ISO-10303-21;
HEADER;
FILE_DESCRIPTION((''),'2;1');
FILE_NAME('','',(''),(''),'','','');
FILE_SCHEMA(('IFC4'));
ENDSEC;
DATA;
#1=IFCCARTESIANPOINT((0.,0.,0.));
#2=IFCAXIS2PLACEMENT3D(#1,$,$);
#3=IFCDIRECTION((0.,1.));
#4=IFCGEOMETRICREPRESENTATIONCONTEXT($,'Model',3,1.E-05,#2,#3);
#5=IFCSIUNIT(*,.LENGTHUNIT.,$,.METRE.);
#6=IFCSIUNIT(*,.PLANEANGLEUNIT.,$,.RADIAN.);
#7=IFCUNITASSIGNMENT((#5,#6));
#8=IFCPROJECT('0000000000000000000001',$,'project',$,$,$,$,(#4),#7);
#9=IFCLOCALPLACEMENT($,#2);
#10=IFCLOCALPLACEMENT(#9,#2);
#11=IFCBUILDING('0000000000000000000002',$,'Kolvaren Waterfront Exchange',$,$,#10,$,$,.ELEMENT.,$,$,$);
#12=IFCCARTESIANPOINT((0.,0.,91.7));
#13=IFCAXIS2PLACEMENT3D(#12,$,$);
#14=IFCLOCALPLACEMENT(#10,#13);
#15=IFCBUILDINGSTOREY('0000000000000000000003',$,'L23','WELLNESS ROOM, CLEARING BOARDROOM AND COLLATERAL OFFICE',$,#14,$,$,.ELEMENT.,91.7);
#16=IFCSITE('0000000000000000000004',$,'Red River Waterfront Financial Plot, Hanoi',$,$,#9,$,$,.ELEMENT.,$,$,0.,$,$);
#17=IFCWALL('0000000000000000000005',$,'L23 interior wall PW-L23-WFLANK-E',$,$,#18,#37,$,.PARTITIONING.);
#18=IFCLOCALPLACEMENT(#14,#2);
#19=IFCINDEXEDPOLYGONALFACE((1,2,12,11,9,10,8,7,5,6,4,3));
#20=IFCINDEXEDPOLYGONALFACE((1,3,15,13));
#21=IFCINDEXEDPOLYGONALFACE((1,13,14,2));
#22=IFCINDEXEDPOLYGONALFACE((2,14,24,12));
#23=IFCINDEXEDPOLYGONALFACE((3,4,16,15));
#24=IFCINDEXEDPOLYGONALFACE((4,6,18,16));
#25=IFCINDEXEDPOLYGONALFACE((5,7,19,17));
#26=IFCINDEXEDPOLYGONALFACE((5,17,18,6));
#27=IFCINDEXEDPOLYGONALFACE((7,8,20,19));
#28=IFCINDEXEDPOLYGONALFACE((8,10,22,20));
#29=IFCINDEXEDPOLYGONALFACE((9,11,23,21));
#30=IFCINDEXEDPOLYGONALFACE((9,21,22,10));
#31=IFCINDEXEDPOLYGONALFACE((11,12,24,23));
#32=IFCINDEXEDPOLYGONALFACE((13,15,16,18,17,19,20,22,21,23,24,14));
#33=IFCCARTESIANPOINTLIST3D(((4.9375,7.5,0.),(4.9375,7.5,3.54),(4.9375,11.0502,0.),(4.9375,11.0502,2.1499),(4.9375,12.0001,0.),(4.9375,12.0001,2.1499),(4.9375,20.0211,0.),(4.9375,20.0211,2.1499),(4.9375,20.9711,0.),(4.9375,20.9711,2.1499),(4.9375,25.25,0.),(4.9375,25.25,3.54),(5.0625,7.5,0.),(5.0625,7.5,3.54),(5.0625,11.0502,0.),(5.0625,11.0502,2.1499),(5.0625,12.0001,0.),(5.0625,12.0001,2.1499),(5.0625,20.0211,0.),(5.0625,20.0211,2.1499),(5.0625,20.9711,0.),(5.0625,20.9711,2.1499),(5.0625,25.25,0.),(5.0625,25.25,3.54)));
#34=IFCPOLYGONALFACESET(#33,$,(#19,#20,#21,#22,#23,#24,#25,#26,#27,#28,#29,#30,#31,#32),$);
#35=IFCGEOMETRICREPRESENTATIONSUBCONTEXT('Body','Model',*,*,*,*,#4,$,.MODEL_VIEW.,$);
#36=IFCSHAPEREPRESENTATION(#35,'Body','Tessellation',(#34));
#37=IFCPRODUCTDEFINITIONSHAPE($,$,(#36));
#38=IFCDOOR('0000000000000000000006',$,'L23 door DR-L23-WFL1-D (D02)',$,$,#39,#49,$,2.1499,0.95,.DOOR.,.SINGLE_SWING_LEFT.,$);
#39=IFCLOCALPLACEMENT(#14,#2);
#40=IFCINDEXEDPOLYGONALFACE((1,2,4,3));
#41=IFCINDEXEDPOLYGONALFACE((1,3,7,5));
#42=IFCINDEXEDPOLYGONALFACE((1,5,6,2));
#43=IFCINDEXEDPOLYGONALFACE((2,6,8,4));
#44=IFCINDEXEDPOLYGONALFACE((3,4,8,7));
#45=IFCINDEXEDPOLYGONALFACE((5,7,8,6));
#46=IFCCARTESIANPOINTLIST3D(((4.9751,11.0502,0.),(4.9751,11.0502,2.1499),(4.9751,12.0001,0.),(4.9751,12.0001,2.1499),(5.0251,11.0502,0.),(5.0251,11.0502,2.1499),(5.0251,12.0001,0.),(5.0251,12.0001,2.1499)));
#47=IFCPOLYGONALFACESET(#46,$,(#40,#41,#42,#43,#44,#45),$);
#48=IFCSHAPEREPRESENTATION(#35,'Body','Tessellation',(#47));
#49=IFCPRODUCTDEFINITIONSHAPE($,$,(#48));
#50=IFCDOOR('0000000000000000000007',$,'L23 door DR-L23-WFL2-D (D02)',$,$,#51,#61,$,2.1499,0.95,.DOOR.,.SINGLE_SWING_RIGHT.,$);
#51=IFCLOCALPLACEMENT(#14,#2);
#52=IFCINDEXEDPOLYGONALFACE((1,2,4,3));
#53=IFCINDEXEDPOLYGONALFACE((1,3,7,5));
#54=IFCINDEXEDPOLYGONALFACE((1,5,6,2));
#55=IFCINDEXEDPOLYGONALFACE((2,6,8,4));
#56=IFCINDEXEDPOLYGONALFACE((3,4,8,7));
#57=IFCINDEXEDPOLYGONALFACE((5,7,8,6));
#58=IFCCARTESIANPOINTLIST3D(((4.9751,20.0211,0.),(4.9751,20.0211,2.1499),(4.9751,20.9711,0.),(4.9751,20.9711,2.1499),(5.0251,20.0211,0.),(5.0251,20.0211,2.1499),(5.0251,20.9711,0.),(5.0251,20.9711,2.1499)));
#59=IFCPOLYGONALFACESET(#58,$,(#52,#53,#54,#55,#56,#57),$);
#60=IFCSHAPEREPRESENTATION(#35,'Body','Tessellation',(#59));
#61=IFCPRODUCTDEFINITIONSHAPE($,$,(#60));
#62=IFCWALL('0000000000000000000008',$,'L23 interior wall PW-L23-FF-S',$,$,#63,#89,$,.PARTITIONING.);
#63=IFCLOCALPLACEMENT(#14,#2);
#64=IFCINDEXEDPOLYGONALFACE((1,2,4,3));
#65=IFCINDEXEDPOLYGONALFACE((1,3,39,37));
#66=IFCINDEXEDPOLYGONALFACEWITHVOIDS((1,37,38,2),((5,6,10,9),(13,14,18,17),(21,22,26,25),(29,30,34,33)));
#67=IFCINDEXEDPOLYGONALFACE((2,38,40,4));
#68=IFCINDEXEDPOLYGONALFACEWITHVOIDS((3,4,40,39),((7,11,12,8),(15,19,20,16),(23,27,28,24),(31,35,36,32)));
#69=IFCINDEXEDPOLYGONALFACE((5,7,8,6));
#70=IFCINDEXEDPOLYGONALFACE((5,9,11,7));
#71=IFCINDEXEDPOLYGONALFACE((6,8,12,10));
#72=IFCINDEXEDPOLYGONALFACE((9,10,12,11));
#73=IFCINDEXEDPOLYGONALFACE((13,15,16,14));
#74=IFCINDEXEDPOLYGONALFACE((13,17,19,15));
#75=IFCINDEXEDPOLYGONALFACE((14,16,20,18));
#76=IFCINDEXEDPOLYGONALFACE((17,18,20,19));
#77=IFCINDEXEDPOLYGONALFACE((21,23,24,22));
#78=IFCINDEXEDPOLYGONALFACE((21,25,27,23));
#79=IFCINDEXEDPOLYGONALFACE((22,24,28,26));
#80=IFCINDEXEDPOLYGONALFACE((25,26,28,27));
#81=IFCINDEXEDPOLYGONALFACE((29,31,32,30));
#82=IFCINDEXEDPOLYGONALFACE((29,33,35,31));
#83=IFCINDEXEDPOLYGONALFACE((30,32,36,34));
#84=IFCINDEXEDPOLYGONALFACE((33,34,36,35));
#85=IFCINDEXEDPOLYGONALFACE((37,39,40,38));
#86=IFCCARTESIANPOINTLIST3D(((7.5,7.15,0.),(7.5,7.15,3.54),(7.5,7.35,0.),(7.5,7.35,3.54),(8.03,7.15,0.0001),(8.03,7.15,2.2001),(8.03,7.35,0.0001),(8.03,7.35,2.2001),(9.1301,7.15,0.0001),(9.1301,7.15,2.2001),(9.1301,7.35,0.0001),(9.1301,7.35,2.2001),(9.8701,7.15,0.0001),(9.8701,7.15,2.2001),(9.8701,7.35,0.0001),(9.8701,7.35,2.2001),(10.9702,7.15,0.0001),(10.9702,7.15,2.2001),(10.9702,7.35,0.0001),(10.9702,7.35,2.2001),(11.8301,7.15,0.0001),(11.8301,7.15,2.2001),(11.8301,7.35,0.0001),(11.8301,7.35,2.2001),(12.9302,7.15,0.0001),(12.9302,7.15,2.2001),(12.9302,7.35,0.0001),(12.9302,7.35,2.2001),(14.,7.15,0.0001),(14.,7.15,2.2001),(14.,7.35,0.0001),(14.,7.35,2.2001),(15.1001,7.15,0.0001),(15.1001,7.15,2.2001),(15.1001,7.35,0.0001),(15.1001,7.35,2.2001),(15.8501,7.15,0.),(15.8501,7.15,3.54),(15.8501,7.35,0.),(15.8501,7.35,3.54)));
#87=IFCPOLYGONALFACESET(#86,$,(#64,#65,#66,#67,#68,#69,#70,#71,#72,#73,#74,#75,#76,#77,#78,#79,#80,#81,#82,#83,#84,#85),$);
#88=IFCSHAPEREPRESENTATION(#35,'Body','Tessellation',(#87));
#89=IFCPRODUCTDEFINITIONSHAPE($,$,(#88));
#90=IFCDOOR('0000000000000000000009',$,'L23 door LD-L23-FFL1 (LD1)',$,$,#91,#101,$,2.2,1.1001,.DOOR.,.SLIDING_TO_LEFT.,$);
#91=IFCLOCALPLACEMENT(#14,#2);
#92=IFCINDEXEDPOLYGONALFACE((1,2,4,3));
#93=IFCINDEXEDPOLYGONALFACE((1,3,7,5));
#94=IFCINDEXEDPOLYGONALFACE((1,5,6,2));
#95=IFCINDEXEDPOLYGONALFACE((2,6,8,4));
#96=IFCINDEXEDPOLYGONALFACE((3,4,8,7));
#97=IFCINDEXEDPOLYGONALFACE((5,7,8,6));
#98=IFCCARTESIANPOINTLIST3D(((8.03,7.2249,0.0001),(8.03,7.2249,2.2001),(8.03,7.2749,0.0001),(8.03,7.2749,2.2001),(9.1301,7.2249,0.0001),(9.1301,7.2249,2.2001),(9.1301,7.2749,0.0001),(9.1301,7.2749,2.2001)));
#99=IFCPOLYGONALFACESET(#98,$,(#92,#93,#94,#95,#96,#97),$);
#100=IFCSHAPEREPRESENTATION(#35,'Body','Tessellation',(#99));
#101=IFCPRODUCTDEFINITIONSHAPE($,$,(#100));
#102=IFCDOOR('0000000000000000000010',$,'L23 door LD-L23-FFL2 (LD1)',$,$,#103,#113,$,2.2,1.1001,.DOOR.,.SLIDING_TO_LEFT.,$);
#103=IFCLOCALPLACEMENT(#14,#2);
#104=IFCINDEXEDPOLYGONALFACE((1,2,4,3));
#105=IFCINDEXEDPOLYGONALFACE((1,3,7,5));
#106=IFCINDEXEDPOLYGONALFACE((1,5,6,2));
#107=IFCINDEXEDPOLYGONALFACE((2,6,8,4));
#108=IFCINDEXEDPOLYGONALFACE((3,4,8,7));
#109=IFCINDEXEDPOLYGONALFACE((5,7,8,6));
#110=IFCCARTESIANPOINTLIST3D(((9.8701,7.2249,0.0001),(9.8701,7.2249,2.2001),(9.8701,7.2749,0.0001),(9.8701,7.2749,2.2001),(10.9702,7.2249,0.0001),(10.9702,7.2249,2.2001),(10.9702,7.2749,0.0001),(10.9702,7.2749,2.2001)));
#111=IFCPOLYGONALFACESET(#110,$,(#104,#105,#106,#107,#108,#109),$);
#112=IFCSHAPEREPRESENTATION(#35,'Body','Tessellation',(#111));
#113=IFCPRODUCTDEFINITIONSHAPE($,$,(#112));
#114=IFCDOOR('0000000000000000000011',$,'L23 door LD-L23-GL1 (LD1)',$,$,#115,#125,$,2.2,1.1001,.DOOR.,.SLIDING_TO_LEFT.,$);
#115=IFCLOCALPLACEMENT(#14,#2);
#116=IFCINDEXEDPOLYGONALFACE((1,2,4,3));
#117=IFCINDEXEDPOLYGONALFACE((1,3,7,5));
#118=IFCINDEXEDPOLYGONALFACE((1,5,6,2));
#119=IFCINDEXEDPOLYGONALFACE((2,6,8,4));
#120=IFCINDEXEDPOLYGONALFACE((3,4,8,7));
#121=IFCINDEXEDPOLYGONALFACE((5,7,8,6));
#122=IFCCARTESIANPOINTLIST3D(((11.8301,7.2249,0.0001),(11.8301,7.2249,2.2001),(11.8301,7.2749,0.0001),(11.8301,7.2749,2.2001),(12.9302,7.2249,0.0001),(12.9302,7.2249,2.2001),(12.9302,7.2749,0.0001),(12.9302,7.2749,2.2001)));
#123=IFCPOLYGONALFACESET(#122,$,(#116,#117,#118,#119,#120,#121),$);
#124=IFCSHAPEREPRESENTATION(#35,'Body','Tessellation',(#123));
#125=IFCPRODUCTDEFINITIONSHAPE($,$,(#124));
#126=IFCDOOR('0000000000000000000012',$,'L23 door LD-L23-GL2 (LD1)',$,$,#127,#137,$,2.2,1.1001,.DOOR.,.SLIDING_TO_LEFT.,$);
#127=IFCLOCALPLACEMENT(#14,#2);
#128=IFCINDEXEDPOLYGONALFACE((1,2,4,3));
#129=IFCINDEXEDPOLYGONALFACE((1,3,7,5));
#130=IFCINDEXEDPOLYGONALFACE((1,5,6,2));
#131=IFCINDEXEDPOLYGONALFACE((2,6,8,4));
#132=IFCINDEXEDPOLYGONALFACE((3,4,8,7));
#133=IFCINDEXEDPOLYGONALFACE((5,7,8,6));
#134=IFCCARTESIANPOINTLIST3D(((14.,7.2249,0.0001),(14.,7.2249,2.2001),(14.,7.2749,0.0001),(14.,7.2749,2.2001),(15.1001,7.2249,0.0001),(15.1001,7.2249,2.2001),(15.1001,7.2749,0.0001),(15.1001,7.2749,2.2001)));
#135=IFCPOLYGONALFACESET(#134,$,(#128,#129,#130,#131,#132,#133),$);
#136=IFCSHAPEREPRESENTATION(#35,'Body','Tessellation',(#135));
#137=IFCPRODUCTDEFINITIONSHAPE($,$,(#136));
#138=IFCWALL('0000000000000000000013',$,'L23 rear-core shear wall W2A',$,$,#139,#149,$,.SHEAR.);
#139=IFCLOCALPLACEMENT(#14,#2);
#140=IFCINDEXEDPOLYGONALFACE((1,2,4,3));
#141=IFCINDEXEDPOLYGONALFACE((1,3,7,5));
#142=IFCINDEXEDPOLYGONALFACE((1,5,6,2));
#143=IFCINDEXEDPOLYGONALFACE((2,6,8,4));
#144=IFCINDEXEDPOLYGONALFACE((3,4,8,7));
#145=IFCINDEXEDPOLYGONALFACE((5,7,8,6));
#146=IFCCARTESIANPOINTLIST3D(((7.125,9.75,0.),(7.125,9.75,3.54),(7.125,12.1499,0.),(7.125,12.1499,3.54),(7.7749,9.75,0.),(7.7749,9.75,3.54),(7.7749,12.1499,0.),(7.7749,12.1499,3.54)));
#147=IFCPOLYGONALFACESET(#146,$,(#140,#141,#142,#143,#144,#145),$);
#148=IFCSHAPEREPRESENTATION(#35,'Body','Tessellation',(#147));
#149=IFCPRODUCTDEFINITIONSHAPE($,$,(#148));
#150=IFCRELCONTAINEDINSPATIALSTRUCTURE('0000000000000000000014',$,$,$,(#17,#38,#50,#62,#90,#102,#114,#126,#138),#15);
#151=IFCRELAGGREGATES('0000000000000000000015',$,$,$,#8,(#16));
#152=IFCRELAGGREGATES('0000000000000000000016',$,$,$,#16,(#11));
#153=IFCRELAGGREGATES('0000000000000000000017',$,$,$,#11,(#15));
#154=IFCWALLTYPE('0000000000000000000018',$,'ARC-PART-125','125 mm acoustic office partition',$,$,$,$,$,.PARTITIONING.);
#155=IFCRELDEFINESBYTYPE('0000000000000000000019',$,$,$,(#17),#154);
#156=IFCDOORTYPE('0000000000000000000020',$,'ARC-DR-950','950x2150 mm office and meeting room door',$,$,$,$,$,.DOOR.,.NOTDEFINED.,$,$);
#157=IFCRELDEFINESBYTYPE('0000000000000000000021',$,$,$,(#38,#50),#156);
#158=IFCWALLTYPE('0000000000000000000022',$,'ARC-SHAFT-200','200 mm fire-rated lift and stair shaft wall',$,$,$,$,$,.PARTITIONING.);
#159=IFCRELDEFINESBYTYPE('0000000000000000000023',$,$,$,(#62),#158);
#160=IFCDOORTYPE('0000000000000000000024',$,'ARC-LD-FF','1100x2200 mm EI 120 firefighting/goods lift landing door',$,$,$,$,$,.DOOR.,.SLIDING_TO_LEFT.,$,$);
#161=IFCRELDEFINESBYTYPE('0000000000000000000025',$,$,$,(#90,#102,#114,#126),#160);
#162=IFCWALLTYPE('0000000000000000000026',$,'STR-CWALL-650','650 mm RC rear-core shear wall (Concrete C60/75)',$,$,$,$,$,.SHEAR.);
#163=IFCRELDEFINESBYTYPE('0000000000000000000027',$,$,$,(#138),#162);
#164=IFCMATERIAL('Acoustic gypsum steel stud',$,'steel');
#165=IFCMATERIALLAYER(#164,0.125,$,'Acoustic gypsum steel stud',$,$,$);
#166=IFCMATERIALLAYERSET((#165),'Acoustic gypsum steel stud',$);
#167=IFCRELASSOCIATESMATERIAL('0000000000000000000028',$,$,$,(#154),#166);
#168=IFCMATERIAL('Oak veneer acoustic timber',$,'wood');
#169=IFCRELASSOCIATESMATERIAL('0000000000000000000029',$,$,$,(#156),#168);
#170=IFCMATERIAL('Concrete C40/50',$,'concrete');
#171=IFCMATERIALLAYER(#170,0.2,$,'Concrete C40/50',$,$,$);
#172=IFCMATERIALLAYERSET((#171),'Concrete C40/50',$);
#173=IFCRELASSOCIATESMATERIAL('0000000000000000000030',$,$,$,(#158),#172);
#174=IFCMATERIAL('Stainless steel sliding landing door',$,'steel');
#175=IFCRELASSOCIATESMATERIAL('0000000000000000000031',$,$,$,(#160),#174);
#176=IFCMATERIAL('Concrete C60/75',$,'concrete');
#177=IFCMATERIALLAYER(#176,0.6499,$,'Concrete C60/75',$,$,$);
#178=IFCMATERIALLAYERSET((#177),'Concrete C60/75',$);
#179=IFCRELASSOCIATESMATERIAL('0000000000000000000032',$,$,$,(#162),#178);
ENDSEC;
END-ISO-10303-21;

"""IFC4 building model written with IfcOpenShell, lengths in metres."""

from ifc_helpers import new_model, si_unit, direction, frame, frame_2d, origin, place, context, subcontext, project, spatial, rectangle, extrude, material, layer, layer_set, type_object, element, fill, save


model = new_model("IFC4")

# Units and contexts
model_context = context("Model", 3, precision=1e-05, world=origin(), true_north=direction((0.0, 1.0)))
body_context = subcontext(model_context, "Body", "Model", "MODEL_VIEW")
ifc_project = project(units=[si_unit("LENGTHUNIT", "METRE"), si_unit("PLANEANGLEUNIT", "RADIAN")], contexts=[model_context])

# Site, building, storey
site_placement = place(None, origin())
site = spatial("IfcSite", under=ifc_project, at=site_placement, Name="Red River Waterfront Financial Plot, Hanoi", CompositionType="ELEMENT", RefElevation=0.0)
building_placement = place(site_placement, origin())
building = spatial("IfcBuilding", under=site, at=building_placement, Name="Kolvaren Waterfront Exchange", CompositionType="ELEMENT")
storey_placement = place(building_placement, frame((0.0, 0.0, 91.7)))
storey = spatial("IfcBuildingStorey", under=building, at=storey_placement, Name="L23", Description="WELLNESS ROOM, CLEARING BOARDROOM AND COLLATERAL OFFICE", CompositionType="ELEMENT", Elevation=91.7)

# Shared definitions
ifc_material_1 = material(Name="Concrete C60/75", Category="concrete")

# Shared definitions
ifc_material_2 = material(Name="Acoustic gypsum steel stud", Category="steel")
ifc_layer_1 = layer(ifc_material_2, 0.125, Name="Acoustic gypsum steel stud")
ifc_layer_set_1 = layer_set([ifc_layer_1], Name="Acoustic gypsum steel stud")
wall_type_1 = type_object("IfcWallType", Name="ARC-PART-125", Description="125 mm acoustic office partition", PredefinedType="PARTITIONING", material=ifc_layer_set_1)

# Walls, openings, doors
wall_1_placement = place(storey_placement, frame((5.0, 7.5, 0.0), z_axis=(0.0, 0.0, 1.0), x_axis=(0.0, 1.0, 0.0)))
wall_1 = element("IfcWall", 1, at=wall_1_placement, inside=storey, type_object=wall_type_1, Name="L23 interior wall PW-L23-WFLANK-E", PredefinedType="PARTITIONING", context=body_context, shape_type="SweptSolid", body=[
    extrude(rectangle(XDim=17.75, YDim=0.125, at=frame_2d((8.875, 0.0))), origin(), (0.0, 0.0, 1.0), 3.54),
])
opening_1_placement = place(wall_1_placement, frame((3.55, 0.0, 0.0)))
opening_1 = element("IfcOpeningElement", 2, at=opening_1_placement, cuts=wall_1, PredefinedType="OPENING", context=body_context, shape_type="SweptSolid", body=[
    extrude(rectangle(XDim=0.95, YDim=2.1499, at=frame_2d((0.4751, 1.075))), frame((0.0, 0.0725, 0.0), z_axis=(0.0, -1.0, 0.0), x_axis=(1.0, 0.0, 0.0)), (0.0, 0.0, 1.0), 0.145),
])
opening_2_placement = place(wall_1_placement, frame((12.521, 0.0, 0.0)))
opening_2 = element("IfcOpeningElement", 3, at=opening_2_placement, cuts=wall_1, PredefinedType="OPENING", context=body_context, shape_type="SweptSolid", body=[
    extrude(rectangle(XDim=0.95, YDim=2.1499, at=frame_2d((0.4751, 1.075))), frame((0.0, 0.0725, 0.0), z_axis=(0.0, -1.0, 0.0), x_axis=(1.0, 0.0, 0.0)), (0.0, 0.0, 1.0), 0.145),
])
ifc_material_3 = material(Name="Oak veneer acoustic timber", Category="wood")
door_type_1 = type_object("IfcDoorType", Name="ARC-DR-950", Description="950x2150 mm office and meeting room door", OperationType="NOTDEFINED", PredefinedType="DOOR", material=ifc_material_3)
door_1_placement = place(opening_1_placement, origin())
door_1 = element("IfcDoor", 4, at=door_1_placement, inside=storey, type_object=door_type_1, Name="L23 door DR-L23-WFL1-D (D02)", OperationType="SINGLE_SWING_LEFT", OverallHeight=2.1499, OverallWidth=0.95, PredefinedType="DOOR", context=body_context, shape_type="SweptSolid", body=[
    extrude(rectangle(XDim=0.95, YDim=2.1499, at=frame_2d((0.4751, 1.075))), frame((0.0, 0.0249, 0.0), z_axis=(0.0, -1.0, 0.0), x_axis=(1.0, 0.0, 0.0)), (0.0, 0.0, 1.0), 0.05),
])
fill(opening_1, door_1)
door_2_placement = place(opening_2_placement, origin())
door_2 = element("IfcDoor", 5, at=door_2_placement, inside=storey, type_object=door_type_1, Name="L23 door DR-L23-WFL2-D (D02)", OperationType="SINGLE_SWING_RIGHT", OverallHeight=2.1499, OverallWidth=0.95, PredefinedType="DOOR", context=body_context, shape_type="SweptSolid", body=[
    extrude(rectangle(XDim=0.95, YDim=2.1499, at=frame_2d((0.4751, 1.075))), frame((0.0, 0.0249, 0.0), z_axis=(0.0, -1.0, 0.0), x_axis=(1.0, 0.0, 0.0)), (0.0, 0.0, 1.0), 0.05),
])
fill(opening_2, door_2)
ifc_material_4 = material(Name="Concrete C40/50", Category="concrete")
ifc_layer_2 = layer(ifc_material_4, 0.2, Name="Concrete C40/50")
ifc_layer_set_2 = layer_set([ifc_layer_2], Name="Concrete C40/50")
wall_type_2 = type_object("IfcWallType", Name="ARC-SHAFT-200", Description="200 mm fire-rated lift and stair shaft wall", PredefinedType="PARTITIONING", material=ifc_layer_set_2)
wall_2_placement = place(storey_placement, frame((7.5, 7.25, 0.0), z_axis=(0.0, 0.0, 1.0), x_axis=(1.0, 0.0, 0.0)))
wall_2 = element("IfcWall", 6, at=wall_2_placement, inside=storey, type_object=wall_type_2, Name="L23 interior wall PW-L23-FF-S", PredefinedType="PARTITIONING", context=body_context, shape_type="SweptSolid", body=[
    extrude(rectangle(XDim=8.3501, YDim=0.2, at=frame_2d((4.175, 0.0))), origin(), (0.0, 0.0, 1.0), 3.54),
])
opening_3_placement = place(wall_2_placement, frame((0.53, 0.0, 0.0)))
opening_3 = element("IfcOpeningElement", 7, at=opening_3_placement, cuts=wall_2, PredefinedType="OPENING", context=body_context, shape_type="SweptSolid", body=[
    extrude(rectangle(XDim=1.1001, YDim=2.2, at=frame_2d((0.55, 1.1001))), frame((0.0, 0.1099, 0.0), z_axis=(0.0, -1.0, 0.0), x_axis=(1.0, 0.0, 0.0)), (0.0, 0.0, 1.0), 0.22),
])
opening_4_placement = place(wall_2_placement, frame((2.3701, 0.0, 0.0)))
opening_4 = element("IfcOpeningElement", 8, at=opening_4_placement, cuts=wall_2, PredefinedType="OPENING", context=body_context, shape_type="SweptSolid", body=[
    extrude(rectangle(XDim=1.1001, YDim=2.2, at=frame_2d((0.55, 1.1001))), frame((0.0, 0.1099, 0.0), z_axis=(0.0, -1.0, 0.0), x_axis=(1.0, 0.0, 0.0)), (0.0, 0.0, 1.0), 0.22),
])
opening_5_placement = place(wall_2_placement, frame((4.3301, 0.0, 0.0)))
opening_5 = element("IfcOpeningElement", 9, at=opening_5_placement, cuts=wall_2, PredefinedType="OPENING", context=body_context, shape_type="SweptSolid", body=[
    extrude(rectangle(XDim=1.1001, YDim=2.2, at=frame_2d((0.55, 1.1001))), frame((0.0, 0.1099, 0.0), z_axis=(0.0, -1.0, 0.0), x_axis=(1.0, 0.0, 0.0)), (0.0, 0.0, 1.0), 0.22),
])
opening_6_placement = place(wall_2_placement, frame((6.5, 0.0, 0.0)))
opening_6 = element("IfcOpeningElement", 10, at=opening_6_placement, cuts=wall_2, PredefinedType="OPENING", context=body_context, shape_type="SweptSolid", body=[
    extrude(rectangle(XDim=1.1001, YDim=2.2, at=frame_2d((0.55, 1.1001))), frame((0.0, 0.1099, 0.0), z_axis=(0.0, -1.0, 0.0), x_axis=(1.0, 0.0, 0.0)), (0.0, 0.0, 1.0), 0.22),
])
ifc_material_5 = material(Name="Stainless steel sliding landing door", Category="steel")
door_type_2 = type_object("IfcDoorType", Name="ARC-LD-FF", Description="1100x2200 mm EI 120 firefighting/goods lift landing door", OperationType="SLIDING_TO_LEFT", PredefinedType="DOOR", material=ifc_material_5)
door_3_placement = place(opening_3_placement, origin())
door_3 = element("IfcDoor", 11, at=door_3_placement, inside=storey, type_object=door_type_2, Name="L23 door LD-L23-FFL1 (LD1)", OperationType="SLIDING_TO_LEFT", OverallHeight=2.2, OverallWidth=1.1001, PredefinedType="DOOR", context=body_context, shape_type="SweptSolid", body=[
    extrude(rectangle(XDim=1.1001, YDim=2.2, at=frame_2d((0.55, 1.1001))), frame((0.0, 0.0249, 0.0), z_axis=(0.0, -1.0, 0.0), x_axis=(1.0, 0.0, 0.0)), (0.0, 0.0, 1.0), 0.05),
])
fill(opening_3, door_3)
door_4_placement = place(opening_4_placement, origin())
door_4 = element("IfcDoor", 12, at=door_4_placement, inside=storey, type_object=door_type_2, Name="L23 door LD-L23-FFL2 (LD1)", OperationType="SLIDING_TO_LEFT", OverallHeight=2.2, OverallWidth=1.1001, PredefinedType="DOOR", context=body_context, shape_type="SweptSolid", body=[
    extrude(rectangle(XDim=1.1001, YDim=2.2, at=frame_2d((0.55, 1.1001))), frame((0.0, 0.0249, 0.0), z_axis=(0.0, -1.0, 0.0), x_axis=(1.0, 0.0, 0.0)), (0.0, 0.0, 1.0), 0.05),
])
fill(opening_4, door_4)
door_5_placement = place(opening_5_placement, origin())
door_5 = element("IfcDoor", 13, at=door_5_placement, inside=storey, type_object=door_type_2, Name="L23 door LD-L23-GL1 (LD1)", OperationType="SLIDING_TO_LEFT", OverallHeight=2.2, OverallWidth=1.1001, PredefinedType="DOOR", context=body_context, shape_type="SweptSolid", body=[
    extrude(rectangle(XDim=1.1001, YDim=2.2, at=frame_2d((0.55, 1.1001))), frame((0.0, 0.0249, 0.0), z_axis=(0.0, -1.0, 0.0), x_axis=(1.0, 0.0, 0.0)), (0.0, 0.0, 1.0), 0.05),
])
fill(opening_5, door_5)
door_6_placement = place(opening_6_placement, origin())
door_6 = element("IfcDoor", 14, at=door_6_placement, inside=storey, type_object=door_type_2, Name="L23 door LD-L23-GL2 (LD1)", OperationType="SLIDING_TO_LEFT", OverallHeight=2.2, OverallWidth=1.1001, PredefinedType="DOOR", context=body_context, shape_type="SweptSolid", body=[
    extrude(rectangle(XDim=1.1001, YDim=2.2, at=frame_2d((0.55, 1.1001))), frame((0.0, 0.0249, 0.0), z_axis=(0.0, -1.0, 0.0), x_axis=(1.0, 0.0, 0.0)), (0.0, 0.0, 1.0), 0.05),
])
fill(opening_6, door_6)

# Wall
ifc_layer_3 = layer(ifc_material_1, 0.6499, Name="Concrete C60/75")
ifc_layer_set_3 = layer_set([ifc_layer_3], Name="Concrete C60/75")
wall_type_3 = type_object("IfcWallType", Name="STR-CWALL-650", Description="650 mm RC rear-core shear wall (Concrete C60/75)", PredefinedType="SHEAR", material=ifc_layer_set_3)
wall_3_placement = place(storey_placement, frame((7.45, 9.75, 0.0), z_axis=(0.0, 0.0, 1.0), x_axis=(0.0, 1.0, 0.0)))
element("IfcWall", 15, at=wall_3_placement, inside=storey, type_object=wall_type_3, Name="L23 rear-core shear wall W2A", PredefinedType="SHEAR", context=body_context, shape_type="SweptSolid", body=[
    extrude(rectangle(XDim=2.3999, YDim=0.6499, at=frame_2d((1.2, 0.0))), origin(), (0.0, 0.0, 1.0), 3.54),
])

save(model, "model.ifc")
